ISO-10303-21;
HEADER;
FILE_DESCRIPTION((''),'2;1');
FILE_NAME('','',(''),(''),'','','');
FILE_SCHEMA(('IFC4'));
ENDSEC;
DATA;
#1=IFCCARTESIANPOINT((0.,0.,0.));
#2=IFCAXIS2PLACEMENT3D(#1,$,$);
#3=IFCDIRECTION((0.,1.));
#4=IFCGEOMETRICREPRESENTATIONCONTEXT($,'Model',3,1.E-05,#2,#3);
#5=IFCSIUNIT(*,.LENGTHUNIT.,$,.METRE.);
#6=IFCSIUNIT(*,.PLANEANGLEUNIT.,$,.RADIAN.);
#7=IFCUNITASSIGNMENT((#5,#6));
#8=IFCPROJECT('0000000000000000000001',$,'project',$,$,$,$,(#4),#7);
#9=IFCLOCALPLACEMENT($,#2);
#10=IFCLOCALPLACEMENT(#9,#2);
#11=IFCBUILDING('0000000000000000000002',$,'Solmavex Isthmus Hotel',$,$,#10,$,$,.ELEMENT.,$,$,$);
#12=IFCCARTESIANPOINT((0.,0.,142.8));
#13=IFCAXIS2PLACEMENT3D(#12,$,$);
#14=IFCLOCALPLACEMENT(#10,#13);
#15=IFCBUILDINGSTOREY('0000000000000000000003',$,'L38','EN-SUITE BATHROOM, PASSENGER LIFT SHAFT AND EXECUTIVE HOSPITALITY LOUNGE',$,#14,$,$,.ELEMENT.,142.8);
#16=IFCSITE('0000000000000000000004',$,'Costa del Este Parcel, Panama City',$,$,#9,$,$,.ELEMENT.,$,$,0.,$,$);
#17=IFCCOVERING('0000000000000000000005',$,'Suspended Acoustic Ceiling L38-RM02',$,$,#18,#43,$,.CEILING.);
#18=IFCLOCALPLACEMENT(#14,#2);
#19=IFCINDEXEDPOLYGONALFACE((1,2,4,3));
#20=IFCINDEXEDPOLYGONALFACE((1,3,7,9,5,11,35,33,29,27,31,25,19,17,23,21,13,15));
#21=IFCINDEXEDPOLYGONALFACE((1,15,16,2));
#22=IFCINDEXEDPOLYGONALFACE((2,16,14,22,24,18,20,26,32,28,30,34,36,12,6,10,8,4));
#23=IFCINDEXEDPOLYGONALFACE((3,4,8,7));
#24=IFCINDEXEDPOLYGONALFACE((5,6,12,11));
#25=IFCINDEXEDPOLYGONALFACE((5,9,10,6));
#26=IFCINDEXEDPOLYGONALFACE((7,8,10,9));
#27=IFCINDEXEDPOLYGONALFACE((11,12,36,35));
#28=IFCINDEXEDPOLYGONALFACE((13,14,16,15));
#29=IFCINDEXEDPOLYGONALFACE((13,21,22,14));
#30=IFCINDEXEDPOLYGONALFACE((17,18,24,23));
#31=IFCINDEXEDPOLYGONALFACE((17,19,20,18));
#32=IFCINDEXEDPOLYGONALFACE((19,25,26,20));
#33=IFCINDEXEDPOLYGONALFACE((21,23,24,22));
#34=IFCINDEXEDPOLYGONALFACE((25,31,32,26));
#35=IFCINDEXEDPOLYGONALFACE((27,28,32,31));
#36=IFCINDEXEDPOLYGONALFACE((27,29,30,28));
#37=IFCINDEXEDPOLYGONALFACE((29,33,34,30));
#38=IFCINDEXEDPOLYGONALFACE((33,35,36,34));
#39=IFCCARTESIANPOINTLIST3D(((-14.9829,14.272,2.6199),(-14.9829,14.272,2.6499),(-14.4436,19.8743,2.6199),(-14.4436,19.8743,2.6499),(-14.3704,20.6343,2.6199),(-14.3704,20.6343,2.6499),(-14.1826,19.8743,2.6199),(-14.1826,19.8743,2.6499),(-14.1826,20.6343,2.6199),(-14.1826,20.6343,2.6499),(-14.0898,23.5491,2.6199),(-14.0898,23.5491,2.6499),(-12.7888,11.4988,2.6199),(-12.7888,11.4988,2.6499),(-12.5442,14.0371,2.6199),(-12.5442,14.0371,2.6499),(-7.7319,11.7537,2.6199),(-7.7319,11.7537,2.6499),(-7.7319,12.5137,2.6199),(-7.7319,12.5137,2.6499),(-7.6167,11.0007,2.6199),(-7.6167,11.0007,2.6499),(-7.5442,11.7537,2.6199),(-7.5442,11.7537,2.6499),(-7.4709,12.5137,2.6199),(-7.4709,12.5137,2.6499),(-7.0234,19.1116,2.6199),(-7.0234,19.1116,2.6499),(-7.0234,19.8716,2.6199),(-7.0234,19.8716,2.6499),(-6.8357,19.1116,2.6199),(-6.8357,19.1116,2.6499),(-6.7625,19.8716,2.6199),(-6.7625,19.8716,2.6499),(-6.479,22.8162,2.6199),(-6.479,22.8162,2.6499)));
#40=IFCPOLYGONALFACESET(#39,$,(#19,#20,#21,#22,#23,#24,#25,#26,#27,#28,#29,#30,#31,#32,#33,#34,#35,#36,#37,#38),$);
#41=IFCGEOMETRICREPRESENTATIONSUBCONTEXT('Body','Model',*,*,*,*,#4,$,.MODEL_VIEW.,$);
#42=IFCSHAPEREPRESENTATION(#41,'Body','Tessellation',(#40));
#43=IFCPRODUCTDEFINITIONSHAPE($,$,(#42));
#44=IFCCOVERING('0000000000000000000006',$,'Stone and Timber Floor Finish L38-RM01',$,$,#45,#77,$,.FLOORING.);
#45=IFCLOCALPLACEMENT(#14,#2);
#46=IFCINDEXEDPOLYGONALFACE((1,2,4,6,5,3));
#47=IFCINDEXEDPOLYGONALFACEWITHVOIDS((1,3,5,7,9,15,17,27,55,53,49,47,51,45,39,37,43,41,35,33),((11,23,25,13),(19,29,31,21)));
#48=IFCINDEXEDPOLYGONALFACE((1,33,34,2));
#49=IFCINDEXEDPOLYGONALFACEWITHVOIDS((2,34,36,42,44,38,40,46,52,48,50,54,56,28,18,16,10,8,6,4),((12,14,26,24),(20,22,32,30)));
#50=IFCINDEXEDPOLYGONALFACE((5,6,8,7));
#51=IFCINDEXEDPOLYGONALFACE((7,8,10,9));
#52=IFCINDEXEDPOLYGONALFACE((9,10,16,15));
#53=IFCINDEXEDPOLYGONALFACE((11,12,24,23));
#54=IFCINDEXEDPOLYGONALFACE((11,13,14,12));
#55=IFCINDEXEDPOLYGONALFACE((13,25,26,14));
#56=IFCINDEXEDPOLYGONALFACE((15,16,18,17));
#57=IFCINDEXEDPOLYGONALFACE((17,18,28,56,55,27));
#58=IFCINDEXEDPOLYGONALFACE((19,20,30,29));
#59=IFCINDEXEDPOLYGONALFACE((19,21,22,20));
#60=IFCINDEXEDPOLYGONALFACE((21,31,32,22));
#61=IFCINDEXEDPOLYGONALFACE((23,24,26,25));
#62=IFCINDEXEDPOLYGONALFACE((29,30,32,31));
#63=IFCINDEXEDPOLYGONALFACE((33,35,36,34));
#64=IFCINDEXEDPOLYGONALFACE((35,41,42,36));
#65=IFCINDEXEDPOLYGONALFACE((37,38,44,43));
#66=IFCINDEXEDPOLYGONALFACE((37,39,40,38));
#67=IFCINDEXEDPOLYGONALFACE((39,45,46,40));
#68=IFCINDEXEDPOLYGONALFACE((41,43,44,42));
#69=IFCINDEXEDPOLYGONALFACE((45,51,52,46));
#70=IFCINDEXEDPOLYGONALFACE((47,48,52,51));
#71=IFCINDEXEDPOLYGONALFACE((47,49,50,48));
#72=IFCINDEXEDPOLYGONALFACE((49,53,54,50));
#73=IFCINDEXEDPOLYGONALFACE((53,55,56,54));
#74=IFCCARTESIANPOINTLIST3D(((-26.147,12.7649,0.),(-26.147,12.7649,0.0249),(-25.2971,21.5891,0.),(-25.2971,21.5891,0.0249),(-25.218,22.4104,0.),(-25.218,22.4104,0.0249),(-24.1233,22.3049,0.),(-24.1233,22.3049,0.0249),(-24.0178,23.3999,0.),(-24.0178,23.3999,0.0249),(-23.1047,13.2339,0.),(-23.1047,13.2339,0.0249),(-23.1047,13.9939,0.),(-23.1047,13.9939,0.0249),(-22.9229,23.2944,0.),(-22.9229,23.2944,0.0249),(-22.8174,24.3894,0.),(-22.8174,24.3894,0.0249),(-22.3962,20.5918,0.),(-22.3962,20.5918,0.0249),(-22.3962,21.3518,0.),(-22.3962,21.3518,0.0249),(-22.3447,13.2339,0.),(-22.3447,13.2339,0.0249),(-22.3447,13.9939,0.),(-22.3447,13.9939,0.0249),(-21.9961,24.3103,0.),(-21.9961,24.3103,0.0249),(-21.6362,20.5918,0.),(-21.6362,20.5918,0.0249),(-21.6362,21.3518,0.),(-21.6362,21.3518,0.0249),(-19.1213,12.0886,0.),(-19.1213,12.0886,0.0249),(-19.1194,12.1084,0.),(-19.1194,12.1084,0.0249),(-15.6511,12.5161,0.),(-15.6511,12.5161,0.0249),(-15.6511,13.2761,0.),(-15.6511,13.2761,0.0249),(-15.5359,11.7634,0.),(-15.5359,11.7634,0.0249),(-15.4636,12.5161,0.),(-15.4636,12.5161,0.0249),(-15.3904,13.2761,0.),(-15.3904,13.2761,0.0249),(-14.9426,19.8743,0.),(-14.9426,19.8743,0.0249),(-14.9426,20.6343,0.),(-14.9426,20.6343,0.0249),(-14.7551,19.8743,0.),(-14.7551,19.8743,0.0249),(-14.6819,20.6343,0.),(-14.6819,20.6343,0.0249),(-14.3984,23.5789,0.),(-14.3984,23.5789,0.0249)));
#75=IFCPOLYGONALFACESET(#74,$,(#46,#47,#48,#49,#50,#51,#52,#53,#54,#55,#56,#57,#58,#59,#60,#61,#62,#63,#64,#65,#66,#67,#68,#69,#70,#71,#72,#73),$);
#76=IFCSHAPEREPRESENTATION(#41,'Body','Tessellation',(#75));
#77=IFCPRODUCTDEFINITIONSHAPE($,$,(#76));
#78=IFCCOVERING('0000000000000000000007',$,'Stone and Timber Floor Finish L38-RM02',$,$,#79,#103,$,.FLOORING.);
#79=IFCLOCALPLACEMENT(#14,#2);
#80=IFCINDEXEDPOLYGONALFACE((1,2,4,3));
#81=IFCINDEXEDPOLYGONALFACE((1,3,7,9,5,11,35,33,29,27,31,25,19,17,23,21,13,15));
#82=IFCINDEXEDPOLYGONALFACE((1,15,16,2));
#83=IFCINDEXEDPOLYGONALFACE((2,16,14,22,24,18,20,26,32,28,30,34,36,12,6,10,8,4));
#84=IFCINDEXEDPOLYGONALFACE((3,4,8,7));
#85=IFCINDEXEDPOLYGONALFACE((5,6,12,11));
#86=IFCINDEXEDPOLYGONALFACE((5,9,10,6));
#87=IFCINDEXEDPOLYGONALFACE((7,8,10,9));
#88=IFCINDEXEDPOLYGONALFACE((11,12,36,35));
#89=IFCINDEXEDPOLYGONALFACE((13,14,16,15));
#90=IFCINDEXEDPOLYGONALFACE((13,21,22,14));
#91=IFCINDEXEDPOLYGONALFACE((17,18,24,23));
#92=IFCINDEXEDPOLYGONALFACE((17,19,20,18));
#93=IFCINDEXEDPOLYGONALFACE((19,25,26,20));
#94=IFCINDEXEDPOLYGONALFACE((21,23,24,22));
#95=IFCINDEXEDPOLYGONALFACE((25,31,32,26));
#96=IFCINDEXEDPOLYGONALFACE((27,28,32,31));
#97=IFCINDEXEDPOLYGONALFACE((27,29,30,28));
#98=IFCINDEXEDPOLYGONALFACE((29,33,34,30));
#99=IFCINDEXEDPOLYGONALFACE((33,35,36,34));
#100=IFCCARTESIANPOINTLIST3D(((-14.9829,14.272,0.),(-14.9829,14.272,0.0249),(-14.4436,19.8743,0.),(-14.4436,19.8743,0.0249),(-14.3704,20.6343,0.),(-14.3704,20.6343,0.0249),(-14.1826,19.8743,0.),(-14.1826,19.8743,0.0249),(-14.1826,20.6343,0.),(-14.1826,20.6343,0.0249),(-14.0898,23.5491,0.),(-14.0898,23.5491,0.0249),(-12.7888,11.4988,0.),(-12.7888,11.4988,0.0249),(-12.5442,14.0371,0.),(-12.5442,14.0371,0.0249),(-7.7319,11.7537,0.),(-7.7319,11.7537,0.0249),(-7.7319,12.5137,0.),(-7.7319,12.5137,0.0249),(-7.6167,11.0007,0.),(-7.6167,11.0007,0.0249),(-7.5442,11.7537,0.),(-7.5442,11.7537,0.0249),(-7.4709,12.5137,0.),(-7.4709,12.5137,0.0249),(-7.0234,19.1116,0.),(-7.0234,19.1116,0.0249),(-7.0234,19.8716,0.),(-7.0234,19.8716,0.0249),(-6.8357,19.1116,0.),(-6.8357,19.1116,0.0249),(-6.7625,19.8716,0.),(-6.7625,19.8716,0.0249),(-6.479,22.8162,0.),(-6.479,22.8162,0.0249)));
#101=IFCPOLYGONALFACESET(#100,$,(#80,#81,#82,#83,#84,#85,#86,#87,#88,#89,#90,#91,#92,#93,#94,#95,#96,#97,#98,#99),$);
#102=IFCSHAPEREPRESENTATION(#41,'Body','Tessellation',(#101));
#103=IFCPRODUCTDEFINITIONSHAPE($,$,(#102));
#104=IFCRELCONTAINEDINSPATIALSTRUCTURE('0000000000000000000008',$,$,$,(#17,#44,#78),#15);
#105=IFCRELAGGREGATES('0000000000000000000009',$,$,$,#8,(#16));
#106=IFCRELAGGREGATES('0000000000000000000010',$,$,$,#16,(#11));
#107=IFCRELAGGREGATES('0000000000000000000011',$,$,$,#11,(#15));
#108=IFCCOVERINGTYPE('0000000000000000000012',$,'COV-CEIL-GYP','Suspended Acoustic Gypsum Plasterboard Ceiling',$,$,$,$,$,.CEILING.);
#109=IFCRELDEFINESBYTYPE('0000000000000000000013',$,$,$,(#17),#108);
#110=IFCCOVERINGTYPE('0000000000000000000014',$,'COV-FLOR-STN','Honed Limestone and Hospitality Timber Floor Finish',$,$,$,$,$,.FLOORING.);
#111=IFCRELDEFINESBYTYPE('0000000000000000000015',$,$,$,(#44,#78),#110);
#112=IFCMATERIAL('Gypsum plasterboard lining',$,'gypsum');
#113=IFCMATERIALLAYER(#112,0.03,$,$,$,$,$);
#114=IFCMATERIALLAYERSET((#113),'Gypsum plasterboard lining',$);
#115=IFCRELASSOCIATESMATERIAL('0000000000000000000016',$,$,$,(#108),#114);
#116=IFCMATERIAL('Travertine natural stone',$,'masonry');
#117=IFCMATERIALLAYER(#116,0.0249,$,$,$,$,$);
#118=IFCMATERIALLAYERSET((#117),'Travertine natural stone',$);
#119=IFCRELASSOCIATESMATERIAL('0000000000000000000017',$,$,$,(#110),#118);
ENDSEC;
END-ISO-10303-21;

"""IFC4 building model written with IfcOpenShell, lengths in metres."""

from ifc_helpers import new_model, si_unit, direction, frame, origin, place, context, subcontext, project, spatial, polyline, outline, extrude, material, layer, layer_set, type_object, element, save


model = new_model("IFC4")

# Units and contexts
model_context = context("Model", 3, precision=1e-05, world=origin(), true_north=direction((0.0, 1.0)))
body_context = subcontext(model_context, "Body", "Model", "MODEL_VIEW")
ifc_project = project(units=[si_unit("LENGTHUNIT", "METRE"), si_unit("PLANEANGLEUNIT", "RADIAN")], contexts=[model_context])

# Site, building, storey
site_placement = place(None, origin())
site = spatial("IfcSite", under=ifc_project, at=site_placement, Name="Costa del Este Parcel, Panama City", CompositionType="ELEMENT", RefElevation=0.0)
building_placement = place(site_placement, origin())
building = spatial("IfcBuilding", under=site, at=building_placement, Name="Solmavex Isthmus Hotel", CompositionType="ELEMENT")
storey_placement = place(building_placement, frame((0.0, 0.0, 142.8)))
storey = spatial("IfcBuildingStorey", under=building, at=storey_placement, Name="L38", Description="EN-SUITE BATHROOM, PASSENGER LIFT SHAFT AND EXECUTIVE HOSPITALITY LOUNGE", CompositionType="ELEMENT", Elevation=142.8)

# Coverings
ifc_material_1 = material(Name="Gypsum plasterboard lining", Category="gypsum")
ifc_layer_1 = layer(ifc_material_1, 0.03)
ifc_layer_set_1 = layer_set([ifc_layer_1], Name="Gypsum plasterboard lining")
covering_type_1 = type_object("IfcCoveringType", Name="COV-CEIL-GYP", Description="Suspended Acoustic Gypsum Plasterboard Ceiling", PredefinedType="CEILING", material=ifc_layer_set_1)
covering_1_placement = place(storey_placement, frame((0.0, 0.0, 2.6199)))
element("IfcCovering", 1, at=covering_1_placement, inside=storey, type_object=covering_type_1, Name="Suspended Acoustic Ceiling L38-RM02", PredefinedType="CEILING", context=body_context, shape_type="SweptSolid", body=[
    extrude(outline(polyline([(-14.3704, 20.6343), (-14.1826, 20.6343), (-14.1826, 19.8743), (-14.4436, 19.8743), (-14.9829, 14.272), (-12.5442, 14.0371), (-12.7888, 11.4988), (-7.6167, 11.0007), (-7.5442, 11.7537), (-7.7319, 11.7537), (-7.7319, 12.5137), (-7.4709, 12.5137), (-6.8357, 19.1116), (-7.0234, 19.1116), (-7.0234, 19.8716), (-6.7625, 19.8716), (-6.479, 22.8162), (-14.0898, 23.5491), (-14.3704, 20.6343)])), origin(), (0.0, 0.0, 1.0), 0.03),
])
ifc_material_2 = material(Name="Travertine natural stone", Category="masonry")
ifc_layer_2 = layer(ifc_material_2, 0.0249)
ifc_layer_set_2 = layer_set([ifc_layer_2], Name="Travertine natural stone")
covering_type_2 = type_object("IfcCoveringType", Name="COV-FLOR-STN", Description="Honed Limestone and Hospitality Timber Floor Finish", PredefinedType="FLOORING", material=ifc_layer_set_2)
covering_2_placement = place(storey_placement, origin())
element("IfcCovering", 2, at=covering_2_placement, inside=storey, type_object=covering_type_2, Name="Stone and Timber Floor Finish L38-RM01", PredefinedType="FLOORING", context=body_context, shape_type="SweptSolid", body=[
    extrude(outline(polyline([(-19.1213, 12.0886), (-19.1194, 12.1084), (-15.5359, 11.7634), (-15.4636, 12.5161), (-15.6511, 12.5161), (-15.6511, 13.2761), (-15.3904, 13.2761), (-14.7551, 19.8743), (-14.9426, 19.8743), (-14.9426, 20.6343), (-14.6819, 20.6343), (-14.3984, 23.5789), (-21.9961, 24.3103), (-22.8174, 24.3894), (-22.9229, 23.2944), (-24.0178, 23.3999), (-24.1233, 22.3049), (-25.218, 22.4104), (-25.2971, 21.5891), (-26.147, 12.7649), (-19.1213, 12.0886)]), holes=[polyline([(-22.3962, 20.5918), (-22.3962, 21.3518), (-21.6362, 21.3518), (-21.6362, 20.5918), (-22.3962, 20.5918)]), polyline([(-23.1047, 13.2339), (-23.1047, 13.9939), (-22.3447, 13.9939), (-22.3447, 13.2339), (-23.1047, 13.2339)])]), origin(), (0.0, 0.0, 1.0), 0.0249),
])
covering_3_placement = place(storey_placement, origin())
element("IfcCovering", 3, at=covering_3_placement, inside=storey, type_object=covering_type_2, Name="Stone and Timber Floor Finish L38-RM02", PredefinedType="FLOORING", context=body_context, shape_type="SweptSolid", body=[
    extrude(outline(polyline([(-14.3704, 20.6343), (-14.1826, 20.6343), (-14.1826, 19.8743), (-14.4436, 19.8743), (-14.9829, 14.272), (-12.5442, 14.0371), (-12.7888, 11.4988), (-7.6167, 11.0007), (-7.5442, 11.7537), (-7.7319, 11.7537), (-7.7319, 12.5137), (-7.4709, 12.5137), (-6.8357, 19.1116), (-7.0234, 19.1116), (-7.0234, 19.8716), (-6.7625, 19.8716), (-6.479, 22.8162), (-14.0898, 23.5491), (-14.3704, 20.6343)])), origin(), (0.0, 0.0, 1.0), 0.0249),
])

save(model, "model.ifc")
